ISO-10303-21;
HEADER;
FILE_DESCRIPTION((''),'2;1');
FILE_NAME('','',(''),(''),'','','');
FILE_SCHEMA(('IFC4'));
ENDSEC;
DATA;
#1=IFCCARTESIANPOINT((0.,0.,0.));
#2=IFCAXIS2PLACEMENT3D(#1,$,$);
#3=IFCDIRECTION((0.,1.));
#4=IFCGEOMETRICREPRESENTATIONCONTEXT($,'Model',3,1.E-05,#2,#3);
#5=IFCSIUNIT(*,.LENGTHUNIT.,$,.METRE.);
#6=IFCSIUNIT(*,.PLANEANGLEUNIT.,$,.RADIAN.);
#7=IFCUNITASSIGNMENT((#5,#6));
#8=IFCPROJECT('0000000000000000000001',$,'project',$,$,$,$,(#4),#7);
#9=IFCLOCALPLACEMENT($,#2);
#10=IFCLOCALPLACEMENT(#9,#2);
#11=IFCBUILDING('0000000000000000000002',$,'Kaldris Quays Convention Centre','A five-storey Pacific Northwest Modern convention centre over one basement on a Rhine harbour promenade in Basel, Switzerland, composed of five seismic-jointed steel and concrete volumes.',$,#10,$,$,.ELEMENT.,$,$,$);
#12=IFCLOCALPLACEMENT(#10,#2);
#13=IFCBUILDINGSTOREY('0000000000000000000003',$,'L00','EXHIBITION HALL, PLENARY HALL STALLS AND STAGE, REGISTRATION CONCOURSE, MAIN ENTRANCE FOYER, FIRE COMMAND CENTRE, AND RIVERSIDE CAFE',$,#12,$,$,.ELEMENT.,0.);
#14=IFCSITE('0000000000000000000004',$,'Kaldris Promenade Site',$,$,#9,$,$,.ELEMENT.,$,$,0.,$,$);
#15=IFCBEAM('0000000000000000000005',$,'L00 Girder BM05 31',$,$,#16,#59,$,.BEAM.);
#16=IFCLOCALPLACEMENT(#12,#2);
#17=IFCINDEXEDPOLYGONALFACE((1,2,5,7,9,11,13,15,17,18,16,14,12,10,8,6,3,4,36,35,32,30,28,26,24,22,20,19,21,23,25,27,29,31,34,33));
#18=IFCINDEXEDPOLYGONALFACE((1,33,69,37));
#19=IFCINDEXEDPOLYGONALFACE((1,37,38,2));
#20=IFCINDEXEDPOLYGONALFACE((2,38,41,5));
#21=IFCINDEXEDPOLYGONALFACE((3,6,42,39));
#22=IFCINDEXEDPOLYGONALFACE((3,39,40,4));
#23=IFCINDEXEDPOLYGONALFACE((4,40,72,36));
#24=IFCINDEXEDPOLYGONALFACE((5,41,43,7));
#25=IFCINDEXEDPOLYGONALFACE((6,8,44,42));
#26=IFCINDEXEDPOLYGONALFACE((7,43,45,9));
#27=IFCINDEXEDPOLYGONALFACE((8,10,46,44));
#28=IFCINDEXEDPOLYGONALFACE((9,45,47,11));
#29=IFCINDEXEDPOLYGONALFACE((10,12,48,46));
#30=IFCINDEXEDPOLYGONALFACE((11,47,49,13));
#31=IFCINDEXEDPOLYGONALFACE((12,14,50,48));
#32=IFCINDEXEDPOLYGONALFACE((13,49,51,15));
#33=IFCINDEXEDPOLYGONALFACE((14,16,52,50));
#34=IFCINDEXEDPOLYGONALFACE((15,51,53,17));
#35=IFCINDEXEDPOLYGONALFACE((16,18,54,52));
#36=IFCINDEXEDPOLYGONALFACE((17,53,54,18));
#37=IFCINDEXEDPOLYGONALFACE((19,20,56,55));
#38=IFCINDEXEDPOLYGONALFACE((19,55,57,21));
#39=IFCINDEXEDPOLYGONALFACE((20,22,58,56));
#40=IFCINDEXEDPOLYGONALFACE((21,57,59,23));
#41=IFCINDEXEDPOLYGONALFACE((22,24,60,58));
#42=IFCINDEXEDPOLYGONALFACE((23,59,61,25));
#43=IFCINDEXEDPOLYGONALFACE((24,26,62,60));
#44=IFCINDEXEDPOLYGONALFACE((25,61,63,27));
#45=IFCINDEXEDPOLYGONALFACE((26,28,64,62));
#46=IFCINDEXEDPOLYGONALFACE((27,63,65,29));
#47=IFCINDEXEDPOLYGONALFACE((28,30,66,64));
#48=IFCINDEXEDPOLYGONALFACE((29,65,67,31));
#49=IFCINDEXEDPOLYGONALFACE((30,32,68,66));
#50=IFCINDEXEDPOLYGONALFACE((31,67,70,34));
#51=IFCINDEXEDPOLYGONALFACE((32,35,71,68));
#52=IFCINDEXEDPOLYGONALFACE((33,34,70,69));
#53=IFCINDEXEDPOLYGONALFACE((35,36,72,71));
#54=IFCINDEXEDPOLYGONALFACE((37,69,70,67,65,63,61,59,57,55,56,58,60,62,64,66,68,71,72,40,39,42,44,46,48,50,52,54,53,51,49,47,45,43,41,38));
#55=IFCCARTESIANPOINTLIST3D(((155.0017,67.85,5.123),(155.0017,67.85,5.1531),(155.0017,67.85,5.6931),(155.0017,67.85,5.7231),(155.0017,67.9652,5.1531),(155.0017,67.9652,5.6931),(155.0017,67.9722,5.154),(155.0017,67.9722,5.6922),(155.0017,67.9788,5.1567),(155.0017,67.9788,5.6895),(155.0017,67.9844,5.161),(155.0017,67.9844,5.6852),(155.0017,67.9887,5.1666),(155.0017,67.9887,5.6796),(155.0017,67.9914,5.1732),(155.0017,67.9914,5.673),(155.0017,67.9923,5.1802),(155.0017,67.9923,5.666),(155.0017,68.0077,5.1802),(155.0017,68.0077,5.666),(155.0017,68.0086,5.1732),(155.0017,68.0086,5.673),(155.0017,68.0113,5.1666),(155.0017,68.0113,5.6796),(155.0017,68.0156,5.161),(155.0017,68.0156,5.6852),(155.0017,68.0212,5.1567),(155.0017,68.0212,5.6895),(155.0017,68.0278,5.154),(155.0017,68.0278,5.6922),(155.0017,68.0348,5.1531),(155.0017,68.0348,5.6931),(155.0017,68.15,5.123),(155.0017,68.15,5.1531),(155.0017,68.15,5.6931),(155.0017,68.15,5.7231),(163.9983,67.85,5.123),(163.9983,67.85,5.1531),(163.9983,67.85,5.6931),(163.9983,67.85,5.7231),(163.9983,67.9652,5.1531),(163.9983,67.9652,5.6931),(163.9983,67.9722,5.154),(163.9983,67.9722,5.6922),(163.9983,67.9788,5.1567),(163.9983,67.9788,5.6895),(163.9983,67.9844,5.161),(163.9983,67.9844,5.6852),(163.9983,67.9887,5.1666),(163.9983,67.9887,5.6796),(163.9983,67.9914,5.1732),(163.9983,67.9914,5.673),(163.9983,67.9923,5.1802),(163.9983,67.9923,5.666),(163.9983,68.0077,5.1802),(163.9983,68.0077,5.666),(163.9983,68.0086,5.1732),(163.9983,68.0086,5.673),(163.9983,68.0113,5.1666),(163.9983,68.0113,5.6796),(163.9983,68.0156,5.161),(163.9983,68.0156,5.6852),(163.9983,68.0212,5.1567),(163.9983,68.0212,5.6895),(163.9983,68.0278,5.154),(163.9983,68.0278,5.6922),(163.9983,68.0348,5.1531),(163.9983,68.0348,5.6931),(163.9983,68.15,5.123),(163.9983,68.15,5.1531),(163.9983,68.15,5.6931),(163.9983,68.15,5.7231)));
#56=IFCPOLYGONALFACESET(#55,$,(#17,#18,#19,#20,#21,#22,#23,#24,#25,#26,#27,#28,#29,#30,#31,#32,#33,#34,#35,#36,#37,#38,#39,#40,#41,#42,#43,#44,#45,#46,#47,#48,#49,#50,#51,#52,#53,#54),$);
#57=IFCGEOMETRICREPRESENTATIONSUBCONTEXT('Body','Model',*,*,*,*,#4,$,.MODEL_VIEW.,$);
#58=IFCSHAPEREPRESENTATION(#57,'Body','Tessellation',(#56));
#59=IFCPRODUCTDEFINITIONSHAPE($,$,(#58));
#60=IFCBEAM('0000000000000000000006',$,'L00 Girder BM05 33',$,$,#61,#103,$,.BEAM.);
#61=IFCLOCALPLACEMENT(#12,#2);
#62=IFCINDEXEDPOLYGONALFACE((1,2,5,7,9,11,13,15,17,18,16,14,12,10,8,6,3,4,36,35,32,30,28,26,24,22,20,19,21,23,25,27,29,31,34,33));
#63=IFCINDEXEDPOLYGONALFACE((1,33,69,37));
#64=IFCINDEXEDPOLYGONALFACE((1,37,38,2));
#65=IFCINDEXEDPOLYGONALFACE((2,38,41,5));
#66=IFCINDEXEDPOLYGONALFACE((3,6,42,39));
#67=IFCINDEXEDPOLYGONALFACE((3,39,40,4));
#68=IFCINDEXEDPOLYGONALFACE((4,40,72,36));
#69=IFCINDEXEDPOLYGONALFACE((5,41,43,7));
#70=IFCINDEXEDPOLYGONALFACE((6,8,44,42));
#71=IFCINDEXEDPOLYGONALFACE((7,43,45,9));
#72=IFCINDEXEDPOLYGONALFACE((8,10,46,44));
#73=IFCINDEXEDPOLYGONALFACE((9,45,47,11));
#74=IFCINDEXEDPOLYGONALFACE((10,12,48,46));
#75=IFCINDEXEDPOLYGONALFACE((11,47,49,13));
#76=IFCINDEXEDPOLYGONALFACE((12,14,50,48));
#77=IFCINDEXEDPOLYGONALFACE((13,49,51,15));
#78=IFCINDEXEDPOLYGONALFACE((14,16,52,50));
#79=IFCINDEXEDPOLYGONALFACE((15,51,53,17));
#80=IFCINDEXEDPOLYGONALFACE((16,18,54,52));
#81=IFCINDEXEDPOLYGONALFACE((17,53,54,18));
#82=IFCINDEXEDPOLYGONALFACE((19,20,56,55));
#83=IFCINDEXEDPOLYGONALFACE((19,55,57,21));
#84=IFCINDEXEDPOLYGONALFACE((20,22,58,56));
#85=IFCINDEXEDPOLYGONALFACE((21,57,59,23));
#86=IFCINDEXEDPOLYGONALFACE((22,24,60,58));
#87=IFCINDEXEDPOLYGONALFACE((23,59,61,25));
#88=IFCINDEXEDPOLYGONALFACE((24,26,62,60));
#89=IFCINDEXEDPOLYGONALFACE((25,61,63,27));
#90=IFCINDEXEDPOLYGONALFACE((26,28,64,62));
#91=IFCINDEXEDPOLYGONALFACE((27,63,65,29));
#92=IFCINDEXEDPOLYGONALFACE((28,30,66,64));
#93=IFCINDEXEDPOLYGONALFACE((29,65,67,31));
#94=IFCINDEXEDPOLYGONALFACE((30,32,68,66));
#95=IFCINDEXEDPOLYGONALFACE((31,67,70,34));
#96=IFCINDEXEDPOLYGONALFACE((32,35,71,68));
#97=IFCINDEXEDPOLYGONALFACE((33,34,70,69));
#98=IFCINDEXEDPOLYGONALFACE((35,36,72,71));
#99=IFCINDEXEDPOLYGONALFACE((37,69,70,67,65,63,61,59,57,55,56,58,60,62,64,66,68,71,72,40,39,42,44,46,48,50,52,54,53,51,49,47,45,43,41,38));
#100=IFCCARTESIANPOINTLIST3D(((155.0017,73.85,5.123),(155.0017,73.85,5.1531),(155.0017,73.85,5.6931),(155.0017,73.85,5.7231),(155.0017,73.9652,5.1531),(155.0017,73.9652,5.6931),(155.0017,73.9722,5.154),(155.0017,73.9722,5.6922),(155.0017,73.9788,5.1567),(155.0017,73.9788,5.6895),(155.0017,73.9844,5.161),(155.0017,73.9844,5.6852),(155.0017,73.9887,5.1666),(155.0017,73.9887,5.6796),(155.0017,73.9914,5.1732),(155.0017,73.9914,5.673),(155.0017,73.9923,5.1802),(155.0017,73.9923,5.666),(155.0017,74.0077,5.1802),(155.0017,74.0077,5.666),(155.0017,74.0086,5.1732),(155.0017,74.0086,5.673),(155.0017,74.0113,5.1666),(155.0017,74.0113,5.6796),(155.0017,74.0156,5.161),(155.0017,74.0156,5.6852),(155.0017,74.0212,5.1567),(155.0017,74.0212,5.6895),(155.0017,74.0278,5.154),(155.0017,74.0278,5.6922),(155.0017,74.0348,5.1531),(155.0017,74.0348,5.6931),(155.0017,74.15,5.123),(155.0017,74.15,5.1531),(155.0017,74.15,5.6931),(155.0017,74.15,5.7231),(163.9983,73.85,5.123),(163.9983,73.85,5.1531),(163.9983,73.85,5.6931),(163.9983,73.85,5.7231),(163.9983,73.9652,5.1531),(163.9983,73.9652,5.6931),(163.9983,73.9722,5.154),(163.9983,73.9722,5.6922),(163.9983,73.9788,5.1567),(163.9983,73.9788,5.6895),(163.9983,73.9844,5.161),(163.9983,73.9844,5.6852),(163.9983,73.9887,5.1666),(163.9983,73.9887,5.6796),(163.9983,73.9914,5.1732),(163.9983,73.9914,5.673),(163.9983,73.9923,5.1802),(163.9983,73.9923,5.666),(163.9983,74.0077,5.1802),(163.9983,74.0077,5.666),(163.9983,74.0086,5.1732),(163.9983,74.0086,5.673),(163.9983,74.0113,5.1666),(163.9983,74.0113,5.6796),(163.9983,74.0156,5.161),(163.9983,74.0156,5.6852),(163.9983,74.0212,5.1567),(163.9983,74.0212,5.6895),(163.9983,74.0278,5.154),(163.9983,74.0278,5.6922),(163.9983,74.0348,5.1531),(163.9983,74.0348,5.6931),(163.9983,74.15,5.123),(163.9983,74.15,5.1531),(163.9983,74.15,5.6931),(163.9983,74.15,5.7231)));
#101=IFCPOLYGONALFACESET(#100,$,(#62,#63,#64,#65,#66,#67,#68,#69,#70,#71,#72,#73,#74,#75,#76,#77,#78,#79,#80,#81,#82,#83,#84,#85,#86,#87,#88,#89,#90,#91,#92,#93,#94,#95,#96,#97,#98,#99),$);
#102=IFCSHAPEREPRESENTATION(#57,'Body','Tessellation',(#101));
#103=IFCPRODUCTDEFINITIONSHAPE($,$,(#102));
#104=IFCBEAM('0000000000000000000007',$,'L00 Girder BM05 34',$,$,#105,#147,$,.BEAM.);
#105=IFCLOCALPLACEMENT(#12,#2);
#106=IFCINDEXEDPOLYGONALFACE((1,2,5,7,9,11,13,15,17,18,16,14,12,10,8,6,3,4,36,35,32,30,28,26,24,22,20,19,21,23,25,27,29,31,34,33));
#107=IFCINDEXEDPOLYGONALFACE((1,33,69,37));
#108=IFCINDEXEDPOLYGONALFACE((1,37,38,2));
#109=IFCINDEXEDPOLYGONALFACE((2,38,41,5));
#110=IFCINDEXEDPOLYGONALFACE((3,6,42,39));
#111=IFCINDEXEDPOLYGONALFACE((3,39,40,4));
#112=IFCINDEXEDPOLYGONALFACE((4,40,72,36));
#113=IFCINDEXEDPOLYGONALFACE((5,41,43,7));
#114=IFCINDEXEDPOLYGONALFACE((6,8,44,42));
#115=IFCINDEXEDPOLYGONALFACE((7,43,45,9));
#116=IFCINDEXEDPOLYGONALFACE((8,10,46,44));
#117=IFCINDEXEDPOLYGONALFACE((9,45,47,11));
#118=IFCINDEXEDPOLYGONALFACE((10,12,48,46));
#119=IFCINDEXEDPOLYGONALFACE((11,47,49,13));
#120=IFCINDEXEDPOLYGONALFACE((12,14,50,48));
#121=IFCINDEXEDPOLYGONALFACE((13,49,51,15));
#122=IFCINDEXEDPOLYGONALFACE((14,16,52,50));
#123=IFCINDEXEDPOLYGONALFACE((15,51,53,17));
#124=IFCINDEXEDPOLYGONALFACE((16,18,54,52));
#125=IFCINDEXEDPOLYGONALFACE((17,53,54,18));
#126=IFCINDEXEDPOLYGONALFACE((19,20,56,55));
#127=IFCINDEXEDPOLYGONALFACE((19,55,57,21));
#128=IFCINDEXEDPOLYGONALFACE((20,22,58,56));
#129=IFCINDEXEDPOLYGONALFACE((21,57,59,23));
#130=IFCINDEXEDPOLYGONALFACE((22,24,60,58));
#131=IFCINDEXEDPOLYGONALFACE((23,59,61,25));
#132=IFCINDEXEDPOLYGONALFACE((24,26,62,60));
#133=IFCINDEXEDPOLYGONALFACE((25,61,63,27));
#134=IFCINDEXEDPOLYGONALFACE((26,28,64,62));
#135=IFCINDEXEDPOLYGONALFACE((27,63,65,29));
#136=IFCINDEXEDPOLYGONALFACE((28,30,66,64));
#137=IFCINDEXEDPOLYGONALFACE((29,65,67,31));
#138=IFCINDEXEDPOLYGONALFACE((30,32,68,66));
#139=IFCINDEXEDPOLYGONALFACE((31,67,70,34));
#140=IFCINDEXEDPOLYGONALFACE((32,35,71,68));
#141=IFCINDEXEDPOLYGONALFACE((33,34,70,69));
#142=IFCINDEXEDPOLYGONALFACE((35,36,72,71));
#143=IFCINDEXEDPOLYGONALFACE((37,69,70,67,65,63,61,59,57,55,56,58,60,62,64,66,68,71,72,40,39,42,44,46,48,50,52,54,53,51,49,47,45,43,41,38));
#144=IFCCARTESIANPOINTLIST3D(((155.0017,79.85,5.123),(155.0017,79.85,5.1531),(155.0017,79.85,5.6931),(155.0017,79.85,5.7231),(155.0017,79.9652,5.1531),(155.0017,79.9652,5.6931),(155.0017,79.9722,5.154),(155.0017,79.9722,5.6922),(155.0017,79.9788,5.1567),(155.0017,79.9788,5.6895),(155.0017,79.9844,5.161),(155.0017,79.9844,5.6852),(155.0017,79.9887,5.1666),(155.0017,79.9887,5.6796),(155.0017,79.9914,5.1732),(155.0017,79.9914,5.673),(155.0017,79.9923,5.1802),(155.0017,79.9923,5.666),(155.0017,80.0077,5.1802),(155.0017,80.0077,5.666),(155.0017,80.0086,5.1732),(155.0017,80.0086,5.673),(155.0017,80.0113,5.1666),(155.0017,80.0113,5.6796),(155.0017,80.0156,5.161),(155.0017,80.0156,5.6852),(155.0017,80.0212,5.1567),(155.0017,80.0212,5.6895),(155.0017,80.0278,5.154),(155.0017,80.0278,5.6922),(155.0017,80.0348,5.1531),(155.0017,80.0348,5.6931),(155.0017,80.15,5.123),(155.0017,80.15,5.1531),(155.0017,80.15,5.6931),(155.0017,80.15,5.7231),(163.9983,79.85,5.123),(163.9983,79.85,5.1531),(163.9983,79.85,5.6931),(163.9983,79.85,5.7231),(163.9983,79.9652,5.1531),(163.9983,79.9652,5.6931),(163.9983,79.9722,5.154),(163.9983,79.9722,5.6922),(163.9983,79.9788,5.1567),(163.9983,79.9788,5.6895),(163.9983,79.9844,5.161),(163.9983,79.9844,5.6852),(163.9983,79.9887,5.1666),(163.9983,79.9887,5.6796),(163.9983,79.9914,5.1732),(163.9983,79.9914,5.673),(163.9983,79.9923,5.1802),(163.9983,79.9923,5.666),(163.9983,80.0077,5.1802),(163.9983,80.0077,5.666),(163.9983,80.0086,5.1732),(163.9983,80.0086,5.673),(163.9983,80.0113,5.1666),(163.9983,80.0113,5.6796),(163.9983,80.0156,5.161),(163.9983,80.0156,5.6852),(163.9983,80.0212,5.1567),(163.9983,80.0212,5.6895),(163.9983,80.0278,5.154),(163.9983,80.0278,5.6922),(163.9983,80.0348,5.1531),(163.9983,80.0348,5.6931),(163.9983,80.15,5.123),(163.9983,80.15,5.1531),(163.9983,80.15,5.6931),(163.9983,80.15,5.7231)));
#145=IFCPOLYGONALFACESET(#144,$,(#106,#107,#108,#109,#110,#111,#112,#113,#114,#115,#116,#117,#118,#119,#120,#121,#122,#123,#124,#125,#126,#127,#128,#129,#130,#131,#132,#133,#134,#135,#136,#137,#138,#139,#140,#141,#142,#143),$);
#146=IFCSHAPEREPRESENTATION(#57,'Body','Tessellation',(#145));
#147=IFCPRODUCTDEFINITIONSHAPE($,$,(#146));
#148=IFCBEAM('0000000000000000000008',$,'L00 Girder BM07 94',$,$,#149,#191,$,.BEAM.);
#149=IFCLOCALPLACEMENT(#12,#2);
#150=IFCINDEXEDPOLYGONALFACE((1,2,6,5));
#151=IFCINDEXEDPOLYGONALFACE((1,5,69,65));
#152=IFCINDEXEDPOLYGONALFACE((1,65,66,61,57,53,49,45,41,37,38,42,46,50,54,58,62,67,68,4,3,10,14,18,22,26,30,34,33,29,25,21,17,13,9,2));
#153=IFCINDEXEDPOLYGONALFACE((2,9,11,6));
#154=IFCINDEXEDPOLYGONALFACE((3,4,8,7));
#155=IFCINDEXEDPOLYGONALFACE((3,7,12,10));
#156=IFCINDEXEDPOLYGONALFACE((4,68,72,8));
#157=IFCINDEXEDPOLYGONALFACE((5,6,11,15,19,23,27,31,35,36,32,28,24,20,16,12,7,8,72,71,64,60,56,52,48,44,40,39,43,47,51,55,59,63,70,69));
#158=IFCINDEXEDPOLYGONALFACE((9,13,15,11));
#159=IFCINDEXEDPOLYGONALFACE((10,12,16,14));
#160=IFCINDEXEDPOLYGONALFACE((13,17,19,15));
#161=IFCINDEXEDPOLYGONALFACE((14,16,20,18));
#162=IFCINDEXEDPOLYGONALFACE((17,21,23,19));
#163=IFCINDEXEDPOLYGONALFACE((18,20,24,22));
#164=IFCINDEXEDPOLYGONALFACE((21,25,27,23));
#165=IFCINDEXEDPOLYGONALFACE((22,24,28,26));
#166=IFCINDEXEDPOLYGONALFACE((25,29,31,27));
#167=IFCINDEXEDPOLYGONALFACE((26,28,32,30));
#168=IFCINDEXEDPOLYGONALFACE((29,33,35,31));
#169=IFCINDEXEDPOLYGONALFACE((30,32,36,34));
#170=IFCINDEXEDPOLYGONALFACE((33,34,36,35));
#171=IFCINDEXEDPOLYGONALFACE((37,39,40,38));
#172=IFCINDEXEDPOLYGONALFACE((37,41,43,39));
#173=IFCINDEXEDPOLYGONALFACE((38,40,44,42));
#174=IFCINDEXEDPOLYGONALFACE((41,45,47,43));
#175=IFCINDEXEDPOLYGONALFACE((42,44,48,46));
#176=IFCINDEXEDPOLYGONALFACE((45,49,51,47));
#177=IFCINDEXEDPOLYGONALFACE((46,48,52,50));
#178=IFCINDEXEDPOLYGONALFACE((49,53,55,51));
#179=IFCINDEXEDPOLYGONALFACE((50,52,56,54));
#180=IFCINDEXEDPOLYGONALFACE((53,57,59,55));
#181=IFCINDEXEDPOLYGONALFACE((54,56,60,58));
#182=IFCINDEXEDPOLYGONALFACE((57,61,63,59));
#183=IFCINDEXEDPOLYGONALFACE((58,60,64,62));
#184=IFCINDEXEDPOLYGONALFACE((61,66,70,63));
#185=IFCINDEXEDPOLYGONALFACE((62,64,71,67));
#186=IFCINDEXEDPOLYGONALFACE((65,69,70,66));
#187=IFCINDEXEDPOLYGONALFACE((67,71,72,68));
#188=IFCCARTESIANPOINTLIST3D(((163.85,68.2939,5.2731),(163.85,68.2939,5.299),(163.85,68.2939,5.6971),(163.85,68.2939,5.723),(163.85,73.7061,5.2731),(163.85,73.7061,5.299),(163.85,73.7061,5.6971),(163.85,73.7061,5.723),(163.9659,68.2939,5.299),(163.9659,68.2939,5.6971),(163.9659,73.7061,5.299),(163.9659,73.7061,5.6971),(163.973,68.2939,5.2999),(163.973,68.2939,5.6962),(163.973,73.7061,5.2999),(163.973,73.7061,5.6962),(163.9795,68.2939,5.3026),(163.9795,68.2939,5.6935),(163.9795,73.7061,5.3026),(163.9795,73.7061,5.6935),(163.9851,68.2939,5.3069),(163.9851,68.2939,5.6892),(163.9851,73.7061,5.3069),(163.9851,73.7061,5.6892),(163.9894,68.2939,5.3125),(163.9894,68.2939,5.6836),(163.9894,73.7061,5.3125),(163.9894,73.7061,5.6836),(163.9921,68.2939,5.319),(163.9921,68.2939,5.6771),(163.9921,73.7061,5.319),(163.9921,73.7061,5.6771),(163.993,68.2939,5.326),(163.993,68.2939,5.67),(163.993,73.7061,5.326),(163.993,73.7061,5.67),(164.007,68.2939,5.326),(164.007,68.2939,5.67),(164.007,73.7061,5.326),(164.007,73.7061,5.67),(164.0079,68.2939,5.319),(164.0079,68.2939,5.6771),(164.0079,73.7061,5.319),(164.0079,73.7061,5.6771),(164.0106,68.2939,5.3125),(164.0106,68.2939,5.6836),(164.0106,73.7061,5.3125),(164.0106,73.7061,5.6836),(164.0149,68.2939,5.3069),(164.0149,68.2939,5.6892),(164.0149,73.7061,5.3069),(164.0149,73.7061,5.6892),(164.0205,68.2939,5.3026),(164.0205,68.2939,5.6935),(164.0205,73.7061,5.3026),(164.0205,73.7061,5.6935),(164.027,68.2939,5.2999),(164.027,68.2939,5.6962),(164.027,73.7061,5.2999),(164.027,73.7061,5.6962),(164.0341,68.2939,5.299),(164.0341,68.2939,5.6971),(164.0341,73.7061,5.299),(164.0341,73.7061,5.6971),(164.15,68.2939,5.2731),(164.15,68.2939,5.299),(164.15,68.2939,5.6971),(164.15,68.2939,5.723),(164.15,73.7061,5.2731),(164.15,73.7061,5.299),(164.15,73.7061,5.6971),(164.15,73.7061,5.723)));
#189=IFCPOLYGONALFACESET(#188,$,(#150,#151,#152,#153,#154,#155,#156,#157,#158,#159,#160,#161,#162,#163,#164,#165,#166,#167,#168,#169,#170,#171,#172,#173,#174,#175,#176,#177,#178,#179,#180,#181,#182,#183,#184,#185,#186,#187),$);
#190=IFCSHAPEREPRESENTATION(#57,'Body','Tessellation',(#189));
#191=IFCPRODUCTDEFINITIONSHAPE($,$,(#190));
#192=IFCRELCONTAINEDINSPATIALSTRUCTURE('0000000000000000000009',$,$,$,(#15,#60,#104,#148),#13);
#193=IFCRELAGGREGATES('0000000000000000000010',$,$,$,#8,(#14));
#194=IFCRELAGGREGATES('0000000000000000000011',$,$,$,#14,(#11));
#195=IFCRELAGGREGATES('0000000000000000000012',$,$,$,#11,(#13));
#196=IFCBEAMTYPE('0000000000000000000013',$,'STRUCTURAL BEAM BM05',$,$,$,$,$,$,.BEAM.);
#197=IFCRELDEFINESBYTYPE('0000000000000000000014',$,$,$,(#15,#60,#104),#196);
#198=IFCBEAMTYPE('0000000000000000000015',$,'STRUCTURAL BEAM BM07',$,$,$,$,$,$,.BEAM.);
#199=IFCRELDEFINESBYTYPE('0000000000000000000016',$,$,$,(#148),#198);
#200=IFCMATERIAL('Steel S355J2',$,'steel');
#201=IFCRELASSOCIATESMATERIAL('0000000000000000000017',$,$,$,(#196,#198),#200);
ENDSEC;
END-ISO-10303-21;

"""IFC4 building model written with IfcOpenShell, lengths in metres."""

from ifc_helpers import new_model, si_unit, direction, frame, origin, origin_2d, place, context, subcontext, project, spatial, i_section, extrude, material, material_profile, profile_set, type_object, element, save


model = new_model("IFC4")

# Units and contexts
model_context = context("Model", 3, precision=1e-05, world=origin(), true_north=direction((0.0, 1.0)))
body_context = subcontext(model_context, "Body", "Model", "MODEL_VIEW")
ifc_project = project(units=[si_unit("LENGTHUNIT", "METRE"), si_unit("PLANEANGLEUNIT", "RADIAN")], contexts=[model_context])

# Site, building, storey
site_placement = place(None, origin())
site = spatial("IfcSite", under=ifc_project, at=site_placement, Name="Kaldris Promenade Site", CompositionType="ELEMENT", RefElevation=0.0)
building_placement = place(site_placement, origin())
building = spatial("IfcBuilding", under=site, at=building_placement, Name="Kaldris Quays Convention Centre", Description="A five-storey Pacific Northwest Modern convention centre over one basement on a Rhine harbour promenade in Basel, Switzerland, composed of five seismic-jointed steel and concrete volumes.", CompositionType="ELEMENT")
storey_placement = place(building_placement, origin())
storey = spatial("IfcBuildingStorey", under=building, at=storey_placement, Name="L00", Description="EXHIBITION HALL, PLENARY HALL STALLS AND STAGE, REGISTRATION CONCOURSE, MAIN ENTRANCE FOYER, FIRE COMMAND CENTRE, AND RIVERSIDE CAFE", CompositionType="ELEMENT", Elevation=0.0)

# Shared definitions
ifc_material_1 = material(Name="Steel S355J2", Category="steel")

# Beams
ifc_material_profile_1 = material_profile(ifc_material_1, i_section(OverallWidth=0.3, OverallDepth=0.6001, WebThickness=0.0154, FlangeThickness=0.03, FilletRadius=0.0271, at=origin_2d()), Name="HEB 600")
ifc_profile_set_1 = profile_set([ifc_material_profile_1], Name="Steel S355J2")
beam_type_1 = type_object("IfcBeamType", Name="STRUCTURAL BEAM BM05", PredefinedType="BEAM", material=ifc_profile_set_1)
for number, where, z_axis, x_axis, name in (
    (1, (155.0017, 68.0, 5.4231), (1.0, 0.0, 0.0), (0.0, 1.0, 0.0), "L00 Girder BM05 31"),
    (2, (155.0017, 74.0, 5.4231), (1.0, 0.0, 0.0), (0.0, 1.0, 0.0), "L00 Girder BM05 33"),
    (3, (155.0017, 80.0, 5.4231), (1.0, 0.0, 0.0), (0.0, 1.0, 0.0), "L00 Girder BM05 34"),
):
    element("IfcBeam", number, at=place(storey_placement, frame(where, z_axis=z_axis, x_axis=x_axis)), inside=storey, type_object=beam_type_1, Name=name, PredefinedType="BEAM", context=body_context, shape_type="SweptSolid", body=[
        extrude(i_section(OverallWidth=0.3, OverallDepth=0.6001, WebThickness=0.0154, FlangeThickness=0.03, FilletRadius=0.0271, at=origin_2d()), origin(), (0.0, 0.0, 1.0), 8.9966),
    ])
ifc_material_profile_2 = material_profile(ifc_material_1, i_section(OverallWidth=0.3, OverallDepth=0.45, WebThickness=0.0139, FlangeThickness=0.0259, FilletRadius=0.0271, at=origin_2d()), Name="HEB 450")
ifc_profile_set_2 = profile_set([ifc_material_profile_2], Name="Steel S355J2")
beam_type_2 = type_object("IfcBeamType", Name="STRUCTURAL BEAM BM07", PredefinedType="BEAM", material=ifc_profile_set_2)
for number, where, z_axis, x_axis, name in (
    (4, (164.0, 68.2939, 5.498), (0.0, 1.0, 0.0), (-1.0, 0.0, 0.0), "L00 Girder BM07 94"),
):
    element("IfcBeam", number, at=place(storey_placement, frame(where, z_axis=z_axis, x_axis=x_axis)), inside=storey, type_object=beam_type_2, Name=name, PredefinedType="BEAM", context=body_context, shape_type="SweptSolid", body=[
        extrude(i_section(OverallWidth=0.3, OverallDepth=0.45, WebThickness=0.0139, FlangeThickness=0.0259, FilletRadius=0.0271, at=origin_2d()), origin(), (0.0, 0.0, 1.0), 5.4121),
    ])

save(model, "model.ifc")
